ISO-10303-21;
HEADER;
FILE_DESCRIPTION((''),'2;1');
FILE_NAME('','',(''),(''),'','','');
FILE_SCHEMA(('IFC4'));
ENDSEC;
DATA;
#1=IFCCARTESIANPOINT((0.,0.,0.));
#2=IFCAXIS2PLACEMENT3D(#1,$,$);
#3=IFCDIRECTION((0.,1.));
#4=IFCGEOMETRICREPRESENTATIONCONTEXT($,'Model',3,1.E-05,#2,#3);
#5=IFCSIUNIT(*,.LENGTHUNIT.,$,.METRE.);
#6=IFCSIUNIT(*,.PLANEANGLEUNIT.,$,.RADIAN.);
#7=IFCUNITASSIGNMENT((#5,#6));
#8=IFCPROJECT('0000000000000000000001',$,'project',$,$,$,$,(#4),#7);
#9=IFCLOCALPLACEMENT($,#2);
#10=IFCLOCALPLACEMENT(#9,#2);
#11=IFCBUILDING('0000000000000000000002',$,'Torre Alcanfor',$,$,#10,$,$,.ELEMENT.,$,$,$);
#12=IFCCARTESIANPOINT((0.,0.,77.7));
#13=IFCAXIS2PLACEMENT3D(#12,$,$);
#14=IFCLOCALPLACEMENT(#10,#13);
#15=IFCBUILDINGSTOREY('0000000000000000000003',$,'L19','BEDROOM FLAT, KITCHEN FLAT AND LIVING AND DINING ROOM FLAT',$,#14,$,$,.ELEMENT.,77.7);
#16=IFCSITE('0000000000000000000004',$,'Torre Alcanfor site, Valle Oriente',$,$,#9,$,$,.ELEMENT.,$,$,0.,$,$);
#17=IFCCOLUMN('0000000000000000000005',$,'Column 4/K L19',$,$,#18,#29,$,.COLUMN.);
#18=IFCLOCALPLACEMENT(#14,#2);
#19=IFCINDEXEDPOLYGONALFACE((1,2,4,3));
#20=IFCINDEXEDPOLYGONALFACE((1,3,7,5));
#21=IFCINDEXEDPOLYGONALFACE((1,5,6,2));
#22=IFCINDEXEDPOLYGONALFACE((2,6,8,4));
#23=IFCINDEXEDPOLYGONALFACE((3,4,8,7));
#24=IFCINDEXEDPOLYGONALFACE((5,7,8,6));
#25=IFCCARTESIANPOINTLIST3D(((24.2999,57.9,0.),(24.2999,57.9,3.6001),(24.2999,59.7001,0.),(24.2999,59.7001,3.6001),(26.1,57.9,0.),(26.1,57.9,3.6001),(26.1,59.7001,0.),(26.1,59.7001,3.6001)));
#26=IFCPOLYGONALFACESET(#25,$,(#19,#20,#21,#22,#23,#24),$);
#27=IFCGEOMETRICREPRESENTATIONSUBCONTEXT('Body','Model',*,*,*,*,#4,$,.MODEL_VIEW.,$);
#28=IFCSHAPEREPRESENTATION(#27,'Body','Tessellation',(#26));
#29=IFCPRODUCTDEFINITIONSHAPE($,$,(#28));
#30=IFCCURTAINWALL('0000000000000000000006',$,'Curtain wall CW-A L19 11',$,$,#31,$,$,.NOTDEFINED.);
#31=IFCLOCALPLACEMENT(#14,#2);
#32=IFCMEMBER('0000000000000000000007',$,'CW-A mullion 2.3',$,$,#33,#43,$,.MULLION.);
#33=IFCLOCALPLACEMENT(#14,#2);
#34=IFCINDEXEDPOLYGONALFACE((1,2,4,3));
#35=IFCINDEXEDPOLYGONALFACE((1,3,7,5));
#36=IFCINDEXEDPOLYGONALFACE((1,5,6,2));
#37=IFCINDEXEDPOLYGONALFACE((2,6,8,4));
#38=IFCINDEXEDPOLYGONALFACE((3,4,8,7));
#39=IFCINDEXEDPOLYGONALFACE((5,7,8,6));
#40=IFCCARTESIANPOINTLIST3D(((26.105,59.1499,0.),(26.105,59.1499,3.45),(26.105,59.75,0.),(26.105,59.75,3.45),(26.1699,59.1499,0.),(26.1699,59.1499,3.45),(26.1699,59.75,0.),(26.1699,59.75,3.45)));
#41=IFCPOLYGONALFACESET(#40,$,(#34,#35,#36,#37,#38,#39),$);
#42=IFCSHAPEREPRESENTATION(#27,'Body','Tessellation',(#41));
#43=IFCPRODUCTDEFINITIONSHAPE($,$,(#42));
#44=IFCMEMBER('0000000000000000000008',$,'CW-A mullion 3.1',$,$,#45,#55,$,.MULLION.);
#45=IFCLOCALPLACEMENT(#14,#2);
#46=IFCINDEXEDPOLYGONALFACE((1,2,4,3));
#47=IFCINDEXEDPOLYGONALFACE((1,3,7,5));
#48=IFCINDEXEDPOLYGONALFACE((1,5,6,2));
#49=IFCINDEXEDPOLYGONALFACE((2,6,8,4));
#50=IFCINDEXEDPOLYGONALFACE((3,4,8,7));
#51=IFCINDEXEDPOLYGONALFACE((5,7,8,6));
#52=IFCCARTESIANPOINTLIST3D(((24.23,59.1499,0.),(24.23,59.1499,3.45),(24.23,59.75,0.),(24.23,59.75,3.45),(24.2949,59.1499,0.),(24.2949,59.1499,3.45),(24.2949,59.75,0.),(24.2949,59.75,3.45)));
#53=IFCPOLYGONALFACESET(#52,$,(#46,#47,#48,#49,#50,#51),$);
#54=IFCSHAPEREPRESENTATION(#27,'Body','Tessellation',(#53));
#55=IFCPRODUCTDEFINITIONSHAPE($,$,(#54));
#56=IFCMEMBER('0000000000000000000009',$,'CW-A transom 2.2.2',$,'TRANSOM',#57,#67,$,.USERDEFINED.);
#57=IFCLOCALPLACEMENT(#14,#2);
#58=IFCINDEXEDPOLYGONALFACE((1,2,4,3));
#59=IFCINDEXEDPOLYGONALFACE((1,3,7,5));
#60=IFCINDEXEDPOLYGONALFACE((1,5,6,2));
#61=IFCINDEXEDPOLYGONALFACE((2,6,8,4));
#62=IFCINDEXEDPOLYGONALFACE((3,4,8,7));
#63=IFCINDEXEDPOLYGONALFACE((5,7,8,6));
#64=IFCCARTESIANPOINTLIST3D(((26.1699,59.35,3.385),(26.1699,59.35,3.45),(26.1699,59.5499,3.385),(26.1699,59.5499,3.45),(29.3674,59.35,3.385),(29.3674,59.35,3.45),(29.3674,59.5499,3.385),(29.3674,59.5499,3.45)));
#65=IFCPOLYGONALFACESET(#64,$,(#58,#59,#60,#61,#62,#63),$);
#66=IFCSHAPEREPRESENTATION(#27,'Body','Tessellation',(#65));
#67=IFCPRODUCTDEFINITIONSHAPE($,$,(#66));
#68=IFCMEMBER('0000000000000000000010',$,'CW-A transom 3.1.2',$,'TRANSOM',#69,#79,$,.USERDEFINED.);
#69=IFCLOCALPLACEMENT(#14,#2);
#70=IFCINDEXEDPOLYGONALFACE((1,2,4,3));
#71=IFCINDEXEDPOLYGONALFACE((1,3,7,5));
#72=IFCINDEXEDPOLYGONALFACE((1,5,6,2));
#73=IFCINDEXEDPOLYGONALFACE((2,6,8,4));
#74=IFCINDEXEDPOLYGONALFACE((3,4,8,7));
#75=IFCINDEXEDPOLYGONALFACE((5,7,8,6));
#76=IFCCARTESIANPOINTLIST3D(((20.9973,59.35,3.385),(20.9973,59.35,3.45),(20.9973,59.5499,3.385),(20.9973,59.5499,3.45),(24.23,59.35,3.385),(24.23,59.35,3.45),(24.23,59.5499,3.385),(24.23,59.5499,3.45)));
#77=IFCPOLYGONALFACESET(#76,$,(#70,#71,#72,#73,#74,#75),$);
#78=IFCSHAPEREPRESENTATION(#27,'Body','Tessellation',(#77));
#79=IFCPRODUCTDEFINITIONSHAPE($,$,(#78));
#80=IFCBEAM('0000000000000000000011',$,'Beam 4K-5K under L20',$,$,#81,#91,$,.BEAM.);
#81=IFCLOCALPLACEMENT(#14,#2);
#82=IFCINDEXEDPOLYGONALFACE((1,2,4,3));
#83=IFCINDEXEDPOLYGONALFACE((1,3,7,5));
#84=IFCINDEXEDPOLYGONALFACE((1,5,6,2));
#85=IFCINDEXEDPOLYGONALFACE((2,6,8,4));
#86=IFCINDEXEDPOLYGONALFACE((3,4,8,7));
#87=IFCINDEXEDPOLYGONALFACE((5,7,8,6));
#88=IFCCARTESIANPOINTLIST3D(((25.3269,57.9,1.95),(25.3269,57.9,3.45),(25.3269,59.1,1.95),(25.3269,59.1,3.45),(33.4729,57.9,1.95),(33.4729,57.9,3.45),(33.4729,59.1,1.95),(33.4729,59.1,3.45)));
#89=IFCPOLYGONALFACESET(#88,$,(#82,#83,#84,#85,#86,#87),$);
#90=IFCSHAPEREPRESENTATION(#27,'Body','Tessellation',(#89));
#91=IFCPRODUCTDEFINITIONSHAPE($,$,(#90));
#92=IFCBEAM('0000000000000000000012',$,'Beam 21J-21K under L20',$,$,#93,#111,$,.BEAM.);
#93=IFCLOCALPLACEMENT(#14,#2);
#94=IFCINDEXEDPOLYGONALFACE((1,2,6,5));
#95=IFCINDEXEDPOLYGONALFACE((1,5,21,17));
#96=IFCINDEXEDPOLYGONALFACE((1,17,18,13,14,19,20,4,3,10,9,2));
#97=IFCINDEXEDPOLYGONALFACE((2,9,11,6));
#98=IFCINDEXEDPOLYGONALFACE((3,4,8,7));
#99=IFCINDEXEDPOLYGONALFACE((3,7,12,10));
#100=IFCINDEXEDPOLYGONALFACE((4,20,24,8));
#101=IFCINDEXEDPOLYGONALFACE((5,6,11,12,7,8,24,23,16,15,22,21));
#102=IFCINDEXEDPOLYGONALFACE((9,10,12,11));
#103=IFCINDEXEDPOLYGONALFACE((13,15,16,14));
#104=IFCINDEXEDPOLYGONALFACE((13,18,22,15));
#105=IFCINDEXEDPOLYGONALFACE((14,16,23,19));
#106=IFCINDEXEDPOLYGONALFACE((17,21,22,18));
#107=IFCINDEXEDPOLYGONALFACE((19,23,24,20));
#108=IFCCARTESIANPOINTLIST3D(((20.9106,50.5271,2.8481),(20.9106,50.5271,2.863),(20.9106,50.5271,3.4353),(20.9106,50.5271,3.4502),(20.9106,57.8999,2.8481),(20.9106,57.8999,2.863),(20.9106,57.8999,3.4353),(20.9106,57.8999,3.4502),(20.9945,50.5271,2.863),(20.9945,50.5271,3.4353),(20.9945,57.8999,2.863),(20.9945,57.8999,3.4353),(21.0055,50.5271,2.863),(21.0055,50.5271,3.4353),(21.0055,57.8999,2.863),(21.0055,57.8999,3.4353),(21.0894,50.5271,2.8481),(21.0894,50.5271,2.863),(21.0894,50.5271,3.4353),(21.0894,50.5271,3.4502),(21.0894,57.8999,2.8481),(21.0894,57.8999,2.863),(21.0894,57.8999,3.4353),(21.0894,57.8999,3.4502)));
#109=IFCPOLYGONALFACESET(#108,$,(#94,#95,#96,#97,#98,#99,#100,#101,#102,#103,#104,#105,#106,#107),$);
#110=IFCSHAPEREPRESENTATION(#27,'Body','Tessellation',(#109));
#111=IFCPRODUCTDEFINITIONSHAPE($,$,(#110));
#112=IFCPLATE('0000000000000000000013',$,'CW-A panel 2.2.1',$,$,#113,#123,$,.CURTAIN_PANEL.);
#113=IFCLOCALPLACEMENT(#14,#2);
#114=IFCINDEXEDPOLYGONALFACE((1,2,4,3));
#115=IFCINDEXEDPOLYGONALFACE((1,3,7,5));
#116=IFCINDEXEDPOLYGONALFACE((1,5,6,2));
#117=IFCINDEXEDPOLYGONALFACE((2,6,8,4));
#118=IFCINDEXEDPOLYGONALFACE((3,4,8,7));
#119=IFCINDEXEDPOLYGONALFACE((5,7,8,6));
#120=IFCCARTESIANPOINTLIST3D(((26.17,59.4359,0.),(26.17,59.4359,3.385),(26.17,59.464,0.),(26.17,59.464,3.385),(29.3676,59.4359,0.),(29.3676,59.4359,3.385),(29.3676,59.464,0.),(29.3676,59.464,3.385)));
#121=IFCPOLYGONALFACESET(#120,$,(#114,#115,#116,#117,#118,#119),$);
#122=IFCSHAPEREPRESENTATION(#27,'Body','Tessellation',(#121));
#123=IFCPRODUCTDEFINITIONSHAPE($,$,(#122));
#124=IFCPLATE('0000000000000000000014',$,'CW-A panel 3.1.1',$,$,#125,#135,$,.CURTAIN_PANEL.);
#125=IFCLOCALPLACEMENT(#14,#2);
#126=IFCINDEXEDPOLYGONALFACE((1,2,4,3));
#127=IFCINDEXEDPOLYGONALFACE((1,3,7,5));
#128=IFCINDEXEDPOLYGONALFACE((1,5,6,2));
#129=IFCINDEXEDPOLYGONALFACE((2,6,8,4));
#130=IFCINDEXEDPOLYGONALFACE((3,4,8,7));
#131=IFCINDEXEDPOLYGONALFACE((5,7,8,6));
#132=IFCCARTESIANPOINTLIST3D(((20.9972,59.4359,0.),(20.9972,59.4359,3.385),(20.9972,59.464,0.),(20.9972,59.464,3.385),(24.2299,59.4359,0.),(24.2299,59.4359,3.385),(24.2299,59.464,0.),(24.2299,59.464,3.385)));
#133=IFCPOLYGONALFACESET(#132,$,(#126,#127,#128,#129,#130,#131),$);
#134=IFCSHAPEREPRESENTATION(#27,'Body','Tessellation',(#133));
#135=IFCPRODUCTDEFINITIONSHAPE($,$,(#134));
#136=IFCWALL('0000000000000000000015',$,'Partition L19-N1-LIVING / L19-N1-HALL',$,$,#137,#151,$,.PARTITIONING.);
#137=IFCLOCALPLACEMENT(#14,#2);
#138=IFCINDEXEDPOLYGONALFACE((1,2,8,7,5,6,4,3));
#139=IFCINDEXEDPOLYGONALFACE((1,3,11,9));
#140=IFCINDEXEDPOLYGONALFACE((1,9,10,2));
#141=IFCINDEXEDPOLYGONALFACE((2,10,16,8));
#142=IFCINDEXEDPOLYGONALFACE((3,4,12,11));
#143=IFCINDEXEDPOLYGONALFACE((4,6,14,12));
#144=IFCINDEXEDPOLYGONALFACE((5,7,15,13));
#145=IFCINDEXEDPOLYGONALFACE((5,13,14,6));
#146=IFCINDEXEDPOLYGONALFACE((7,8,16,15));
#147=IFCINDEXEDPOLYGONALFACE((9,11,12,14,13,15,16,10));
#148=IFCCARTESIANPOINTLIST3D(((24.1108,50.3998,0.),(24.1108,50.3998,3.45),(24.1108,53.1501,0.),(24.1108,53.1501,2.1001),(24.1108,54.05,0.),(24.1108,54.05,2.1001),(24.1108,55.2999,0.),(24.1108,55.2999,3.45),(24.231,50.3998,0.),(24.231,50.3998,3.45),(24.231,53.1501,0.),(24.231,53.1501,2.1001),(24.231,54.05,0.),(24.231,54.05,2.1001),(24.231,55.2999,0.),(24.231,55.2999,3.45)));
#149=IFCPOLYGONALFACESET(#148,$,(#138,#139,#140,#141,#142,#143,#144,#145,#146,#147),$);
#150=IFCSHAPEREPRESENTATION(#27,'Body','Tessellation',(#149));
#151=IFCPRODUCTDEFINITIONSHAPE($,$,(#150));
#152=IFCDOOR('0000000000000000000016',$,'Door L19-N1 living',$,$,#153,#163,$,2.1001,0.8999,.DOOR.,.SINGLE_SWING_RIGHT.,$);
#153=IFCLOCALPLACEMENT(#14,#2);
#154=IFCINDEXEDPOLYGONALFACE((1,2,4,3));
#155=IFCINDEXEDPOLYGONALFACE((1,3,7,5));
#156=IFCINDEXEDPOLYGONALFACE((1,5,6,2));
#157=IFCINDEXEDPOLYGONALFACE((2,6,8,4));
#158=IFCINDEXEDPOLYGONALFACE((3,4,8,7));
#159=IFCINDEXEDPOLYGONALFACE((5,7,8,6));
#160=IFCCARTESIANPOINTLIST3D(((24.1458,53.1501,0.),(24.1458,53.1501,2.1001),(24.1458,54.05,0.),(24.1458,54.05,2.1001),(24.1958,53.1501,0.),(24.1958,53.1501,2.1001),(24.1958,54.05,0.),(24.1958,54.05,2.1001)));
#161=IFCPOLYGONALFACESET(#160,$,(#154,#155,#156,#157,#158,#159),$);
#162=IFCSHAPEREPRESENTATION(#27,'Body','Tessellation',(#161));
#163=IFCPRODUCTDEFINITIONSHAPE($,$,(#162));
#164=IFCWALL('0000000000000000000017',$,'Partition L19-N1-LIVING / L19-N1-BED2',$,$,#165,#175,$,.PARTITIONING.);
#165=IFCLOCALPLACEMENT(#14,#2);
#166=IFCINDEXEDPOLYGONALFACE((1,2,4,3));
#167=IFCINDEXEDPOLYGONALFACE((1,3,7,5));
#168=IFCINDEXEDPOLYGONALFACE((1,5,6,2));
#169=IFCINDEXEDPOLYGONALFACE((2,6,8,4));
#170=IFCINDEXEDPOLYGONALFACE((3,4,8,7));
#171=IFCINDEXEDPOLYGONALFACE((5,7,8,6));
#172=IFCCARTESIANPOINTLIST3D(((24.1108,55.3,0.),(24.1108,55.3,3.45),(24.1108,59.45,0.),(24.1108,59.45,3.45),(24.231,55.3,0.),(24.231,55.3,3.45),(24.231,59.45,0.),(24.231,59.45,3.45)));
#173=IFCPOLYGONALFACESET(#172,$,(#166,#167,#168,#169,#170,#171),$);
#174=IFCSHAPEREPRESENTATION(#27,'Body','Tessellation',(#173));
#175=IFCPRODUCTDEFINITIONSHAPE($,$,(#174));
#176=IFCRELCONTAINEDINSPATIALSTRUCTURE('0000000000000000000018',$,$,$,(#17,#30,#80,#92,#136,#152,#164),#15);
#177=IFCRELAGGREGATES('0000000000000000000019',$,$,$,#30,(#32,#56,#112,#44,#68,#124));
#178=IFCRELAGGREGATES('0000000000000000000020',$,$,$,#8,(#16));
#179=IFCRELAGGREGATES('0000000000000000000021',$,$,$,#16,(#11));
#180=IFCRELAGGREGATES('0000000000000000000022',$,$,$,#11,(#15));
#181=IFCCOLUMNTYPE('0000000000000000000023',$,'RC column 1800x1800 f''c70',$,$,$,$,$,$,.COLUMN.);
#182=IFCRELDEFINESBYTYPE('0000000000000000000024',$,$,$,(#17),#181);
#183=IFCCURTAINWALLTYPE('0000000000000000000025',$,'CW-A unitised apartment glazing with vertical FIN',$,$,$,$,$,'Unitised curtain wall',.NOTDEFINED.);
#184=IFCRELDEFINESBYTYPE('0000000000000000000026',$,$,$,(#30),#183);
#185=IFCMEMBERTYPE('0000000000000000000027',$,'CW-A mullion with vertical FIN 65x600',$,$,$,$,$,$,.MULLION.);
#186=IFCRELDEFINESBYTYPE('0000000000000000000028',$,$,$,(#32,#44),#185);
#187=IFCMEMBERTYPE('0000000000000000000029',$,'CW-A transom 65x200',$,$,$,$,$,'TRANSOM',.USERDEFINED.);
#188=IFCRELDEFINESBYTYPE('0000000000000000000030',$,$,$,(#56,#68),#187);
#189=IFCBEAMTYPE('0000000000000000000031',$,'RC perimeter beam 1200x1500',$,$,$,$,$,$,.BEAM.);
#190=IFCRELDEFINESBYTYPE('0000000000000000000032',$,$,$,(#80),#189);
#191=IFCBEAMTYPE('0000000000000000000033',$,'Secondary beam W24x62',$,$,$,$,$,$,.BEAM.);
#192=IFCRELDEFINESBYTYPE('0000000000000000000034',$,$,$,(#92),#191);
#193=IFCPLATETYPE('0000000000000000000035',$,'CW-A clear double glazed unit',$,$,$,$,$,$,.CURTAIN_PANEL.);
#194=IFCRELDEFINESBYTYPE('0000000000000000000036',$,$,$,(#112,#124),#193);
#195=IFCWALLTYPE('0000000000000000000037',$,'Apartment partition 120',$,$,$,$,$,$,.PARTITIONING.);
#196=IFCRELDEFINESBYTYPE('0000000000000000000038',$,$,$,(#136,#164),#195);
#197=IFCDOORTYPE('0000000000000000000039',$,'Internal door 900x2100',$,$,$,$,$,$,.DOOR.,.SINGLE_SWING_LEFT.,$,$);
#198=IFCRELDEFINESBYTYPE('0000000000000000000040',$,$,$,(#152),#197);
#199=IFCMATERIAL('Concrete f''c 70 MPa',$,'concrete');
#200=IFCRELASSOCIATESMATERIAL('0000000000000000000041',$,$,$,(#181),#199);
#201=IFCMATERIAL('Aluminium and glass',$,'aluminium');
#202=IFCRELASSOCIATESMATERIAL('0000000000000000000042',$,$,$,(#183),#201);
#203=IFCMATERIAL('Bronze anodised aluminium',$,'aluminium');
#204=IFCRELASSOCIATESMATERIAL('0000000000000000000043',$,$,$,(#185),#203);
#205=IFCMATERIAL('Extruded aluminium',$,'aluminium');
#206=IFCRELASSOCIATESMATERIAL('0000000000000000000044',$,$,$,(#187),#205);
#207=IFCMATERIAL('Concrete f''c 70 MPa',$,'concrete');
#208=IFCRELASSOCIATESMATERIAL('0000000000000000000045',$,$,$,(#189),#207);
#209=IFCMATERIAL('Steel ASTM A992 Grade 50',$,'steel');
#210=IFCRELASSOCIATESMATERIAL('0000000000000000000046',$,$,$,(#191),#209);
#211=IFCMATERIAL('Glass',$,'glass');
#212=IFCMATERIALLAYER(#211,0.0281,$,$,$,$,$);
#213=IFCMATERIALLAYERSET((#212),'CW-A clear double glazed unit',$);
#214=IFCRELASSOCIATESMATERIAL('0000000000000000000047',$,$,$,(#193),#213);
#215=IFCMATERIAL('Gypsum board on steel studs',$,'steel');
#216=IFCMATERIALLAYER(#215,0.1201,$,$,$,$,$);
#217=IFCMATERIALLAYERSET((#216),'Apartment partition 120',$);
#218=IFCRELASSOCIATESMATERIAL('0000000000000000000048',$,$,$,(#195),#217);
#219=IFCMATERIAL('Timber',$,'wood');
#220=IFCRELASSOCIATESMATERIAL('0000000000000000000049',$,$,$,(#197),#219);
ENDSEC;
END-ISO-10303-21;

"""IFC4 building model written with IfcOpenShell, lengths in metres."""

from ifc_helpers import new_model, si_unit, direction, frame, frame_2d, origin, origin_2d, place, context, subcontext, project, spatial, rectangle, i_section, extrude, material, layer, layer_set, material_profile, profile_set, type_object, element, fill, aggregate, save


model = new_model("IFC4")

# Units and contexts
model_context = context("Model", 3, precision=1e-05, world=origin(), true_north=direction((0.0, 1.0)))
body_context = subcontext(model_context, "Body", "Model", "MODEL_VIEW")
ifc_project = project(units=[si_unit("LENGTHUNIT", "METRE"), si_unit("PLANEANGLEUNIT", "RADIAN")], contexts=[model_context])

# Site, building, storey
site_placement = place(None, origin())
site = spatial("IfcSite", under=ifc_project, at=site_placement, Name="Torre Alcanfor site, Valle Oriente", CompositionType="ELEMENT", RefElevation=0.0)
building_placement = place(site_placement, origin())
building = spatial("IfcBuilding", under=site, at=building_placement, Name="Torre Alcanfor", CompositionType="ELEMENT")
storey_placement = place(building_placement, frame((0.0, 0.0, 77.7)))
storey = spatial("IfcBuildingStorey", under=building, at=storey_placement, Name="L19", Description="BEDROOM FLAT, KITCHEN FLAT AND LIVING AND DINING ROOM FLAT", CompositionType="ELEMENT", Elevation=77.7)

# Column
ifc_material_1 = material(Name="Concrete f'c 70 MPa", Category="concrete")
ifc_material_profile_1 = material_profile(ifc_material_1, rectangle(XDim=1.8, YDim=1.8, at=origin_2d()), Name="1800x1800")
ifc_profile_set_1 = profile_set([ifc_material_profile_1], Name="Concrete f'c 70 MPa")
column_type = type_object("IfcColumnType", Name="RC column 1800x1800 f'c70", PredefinedType="COLUMN", material=ifc_profile_set_1)
column_placement = place(storey_placement, frame((25.2, 58.8, 0.0), z_axis=(0.0, 0.0, 1.0), x_axis=(1.0, 0.0, 0.0)))
element("IfcColumn", 1, at=column_placement, inside=storey, type_object=column_type, Name="Column 4/K L19", PredefinedType="COLUMN", context=body_context, shape_type="SweptSolid", body=[
    extrude(rectangle(XDim=1.8, YDim=1.8, at=origin_2d()), origin(), (0.0, 0.0, 1.0), 3.6001),
])

# Curtain wall, members
ifc_material_2 = material(Name="Aluminium and glass", Category="aluminium")
curtain_wall_type = type_object("IfcCurtainWallType", Name="CW-A unitised apartment glazing with vertical FIN", ElementType="Unitised curtain wall", PredefinedType="NOTDEFINED", material=ifc_material_2)
curtain_wall_placement = place(storey_placement, origin())
curtain_wall = element("IfcCurtainWall", 2, at=curtain_wall_placement, inside=storey, type_object=curtain_wall_type, Name="Curtain wall CW-A L19 11", PredefinedType="NOTDEFINED")
ifc_material_3 = material(Name="Bronze anodised aluminium", Category="aluminium")
ifc_material_profile_2 = material_profile(ifc_material_3, rectangle(XDim=0.6001, YDim=0.0649, at=origin_2d()), Name="CW-A mullion 65x600")
ifc_profile_set_2 = profile_set([ifc_material_profile_2], Name="Bronze anodised aluminium")
member_type_1 = type_object("IfcMemberType", Name="CW-A mullion with vertical FIN 65x600", PredefinedType="MULLION", material=ifc_profile_set_2)
member_1_placement = place(storey_placement, frame((26.1375, 59.45, 0.0), z_axis=(0.0, 0.0, 1.0), x_axis=(0.0, -1.0, 0.0)))
member_1 = element("IfcMember", 3, at=member_1_placement, type_object=member_type_1, Name="CW-A mullion 2.3", PredefinedType="MULLION", context=body_context, shape_type="SweptSolid", body=[
    extrude(rectangle(XDim=0.6001, YDim=0.0649, at=origin_2d()), origin(), (0.0, 0.0, 1.0), 3.45),
])
member_2_placement = place(storey_placement, frame((24.2625, 59.45, 0.0), z_axis=(0.0, 0.0, 1.0), x_axis=(0.0, -1.0, 0.0)))
member_2 = element("IfcMember", 4, at=member_2_placement, type_object=member_type_1, Name="CW-A mullion 3.1", PredefinedType="MULLION", context=body_context, shape_type="SweptSolid", body=[
    extrude(rectangle(XDim=0.6001, YDim=0.0649, at=origin_2d()), origin(), (0.0, 0.0, 1.0), 3.45),
])
ifc_material_4 = material(Name="Extruded aluminium", Category="aluminium")
ifc_material_profile_3 = material_profile(ifc_material_4, rectangle(XDim=0.2, YDim=0.0649, at=origin_2d()), Name="CW-A transom 200x65")
ifc_profile_set_3 = profile_set([ifc_material_profile_3], Name="Extruded aluminium")
member_type_2 = type_object("IfcMemberType", Name="CW-A transom 65x200", ElementType="TRANSOM", PredefinedType="USERDEFINED", material=ifc_profile_set_3)
member_3_placement = place(storey_placement, frame((29.3674, 59.45, 3.4175), z_axis=(-1.0, 0.0, 0.0), x_axis=(0.0, -1.0, 0.0)))
member_3 = element("IfcMember", 5, at=member_3_placement, type_object=member_type_2, Name="CW-A transom 2.2.2", ObjectType="TRANSOM", PredefinedType="USERDEFINED", context=body_context, shape_type="SweptSolid", body=[
    extrude(rectangle(XDim=0.2, YDim=0.0649, at=origin_2d()), origin(), (0.0, 0.0, 1.0), 3.1975),
])
member_4_placement = place(storey_placement, frame((24.23, 59.45, 3.4175), z_axis=(-1.0, 0.0, 0.0), x_axis=(0.0, -1.0, 0.0)))
member_4 = element("IfcMember", 6, at=member_4_placement, type_object=member_type_2, Name="CW-A transom 3.1.2", ObjectType="TRANSOM", PredefinedType="USERDEFINED", context=body_context, shape_type="SweptSolid", body=[
    extrude(rectangle(XDim=0.2, YDim=0.0649, at=origin_2d()), origin(), (0.0, 0.0, 1.0), 3.2327),
])

# Beams
ifc_material_5 = material(Name="Concrete f'c 70 MPa", Category="concrete")
ifc_material_profile_4 = material_profile(ifc_material_5, rectangle(XDim=1.2, YDim=1.5, at=origin_2d()), Name="1200x1500")
ifc_profile_set_4 = profile_set([ifc_material_profile_4], Name="Concrete f'c 70 MPa")
beam_type_1 = type_object("IfcBeamType", Name="RC perimeter beam 1200x1500", PredefinedType="BEAM", material=ifc_profile_set_4)
beam_1_placement = place(storey_placement, frame((25.3269, 58.5, 2.7), z_axis=(1.0, 0.0, 0.0), x_axis=(0.0, 1.0, 0.0)))
element("IfcBeam", 7, at=beam_1_placement, inside=storey, type_object=beam_type_1, Name="Beam 4K-5K under L20", PredefinedType="BEAM", context=body_context, shape_type="SweptSolid", body=[
    extrude(rectangle(XDim=1.2, YDim=1.5, at=origin_2d()), origin(), (0.0, 0.0, 1.0), 8.146),
])
ifc_material_6 = material(Name="Steel ASTM A992 Grade 50", Category="steel")
ifc_material_profile_5 = material_profile(ifc_material_6, i_section(OverallWidth=0.1787, OverallDepth=0.6021, WebThickness=0.011, FlangeThickness=0.0149, at=origin_2d()), Name="W24x62")
ifc_profile_set_5 = profile_set([ifc_material_profile_5], Name="Steel ASTM A992 Grade 50")
beam_type_2 = type_object("IfcBeamType", Name="Secondary beam W24x62", PredefinedType="BEAM", material=ifc_profile_set_5)
beam_2_placement = place(storey_placement, frame((21.0, 50.5271, 3.1492), z_axis=(0.0, 1.0, 0.0), x_axis=(-1.0, 0.0, 0.0)))
element("IfcBeam", 8, at=beam_2_placement, inside=storey, type_object=beam_type_2, Name="Beam 21J-21K under L20", PredefinedType="BEAM", context=body_context, shape_type="SweptSolid", body=[
    extrude(i_section(OverallWidth=0.1787, OverallDepth=0.6021, WebThickness=0.011, FlangeThickness=0.0149, at=origin_2d()), origin(), (0.0, 0.0, 1.0), 7.3728),
])

# Plates
ifc_material_7 = material(Name="Glass", Category="glass")
ifc_layer_1 = layer(ifc_material_7, 0.0281)
ifc_layer_set_1 = layer_set([ifc_layer_1], Name="CW-A clear double glazed unit")
plate_type = type_object("IfcPlateType", Name="CW-A clear double glazed unit", PredefinedType="CURTAIN_PANEL", material=ifc_layer_set_1)
plate_1_placement = place(storey_placement, frame((27.7688, 59.45, 0.0), z_axis=(0.0, 0.0, 1.0), x_axis=(-1.0, 0.0, 0.0)))
plate_1 = element("IfcPlate", 9, at=plate_1_placement, type_object=plate_type, Name="CW-A panel 2.2.1", PredefinedType="CURTAIN_PANEL", context=body_context, shape_type="SweptSolid", body=[
    extrude(rectangle(XDim=3.1975, YDim=0.0281, at=origin_2d()), origin(), (0.0, 0.0, 1.0), 3.385),
])
plate_2_placement = place(storey_placement, frame((22.6135, 59.45, 0.0), z_axis=(0.0, 0.0, 1.0), x_axis=(-1.0, 0.0, 0.0)))
plate_2 = element("IfcPlate", 10, at=plate_2_placement, type_object=plate_type, Name="CW-A panel 3.1.1", PredefinedType="CURTAIN_PANEL", context=body_context, shape_type="SweptSolid", body=[
    extrude(rectangle(XDim=3.2327, YDim=0.0281, at=origin_2d()), origin(), (0.0, 0.0, 1.0), 3.385),
])
aggregate(curtain_wall, [member_1, member_3, plate_1, member_2, member_4, plate_2])

# Wall, opening, door
ifc_material_8 = material(Name="Gypsum board on steel studs", Category="steel")
ifc_layer_2 = layer(ifc_material_8, 0.1201)
ifc_layer_set_2 = layer_set([ifc_layer_2], Name="Apartment partition 120")
wall_type = type_object("IfcWallType", Name="Apartment partition 120", PredefinedType="PARTITIONING", material=ifc_layer_set_2)
wall_1_placement = place(storey_placement, frame((24.1709, 55.3, 0.0), z_axis=(0.0, 0.0, 1.0), x_axis=(0.0, -1.0, 0.0)))
wall_1 = element("IfcWall", 11, at=wall_1_placement, inside=storey, type_object=wall_type, Name="Partition L19-N1-LIVING / L19-N1-HALL", PredefinedType="PARTITIONING", context=body_context, shape_type="SweptSolid", body=[
    extrude(rectangle(XDim=4.9001, YDim=0.1201, at=frame_2d((2.4502, 0.0))), origin(), (0.0, 0.0, 1.0), 3.45),
])
opening_1_placement = place(wall_1_placement, frame((1.25, 0.0, 0.0)))
opening_1 = element("IfcOpeningElement", 12, at=opening_1_placement, cuts=wall_1, PredefinedType="OPENING", context=body_context, shape_type="SweptSolid", body=[
    extrude(rectangle(XDim=0.8999, YDim=2.1001, at=frame_2d((0.45, 1.05))), frame((0.0, 0.0701, 0.0), z_axis=(0.0, -1.0, 0.0), x_axis=(1.0, 0.0, 0.0)), (0.0, 0.0, 1.0), 0.1401),
])
ifc_material_9 = material(Name="Timber", Category="wood")
door_type = type_object("IfcDoorType", Name="Internal door 900x2100", OperationType="SINGLE_SWING_LEFT", PredefinedType="DOOR", material=ifc_material_9)
door_1_placement = place(opening_1_placement, origin())
door_1 = element("IfcDoor", 13, at=door_1_placement, inside=storey, type_object=door_type, Name="Door L19-N1 living", OperationType="SINGLE_SWING_RIGHT", OverallHeight=2.1001, OverallWidth=0.8999, PredefinedType="DOOR", context=body_context, shape_type="SweptSolid", body=[
    extrude(rectangle(XDim=0.8999, YDim=2.1001, at=frame_2d((0.45, 1.05))), frame((0.0, 0.0249, 0.0), z_axis=(0.0, -1.0, 0.0), x_axis=(1.0, 0.0, 0.0)), (0.0, 0.0, 1.0), 0.05),
])
fill(opening_1, door_1)

# Wall
wall_2_placement = place(storey_placement, frame((24.1709, 59.45, 0.0), z_axis=(0.0, 0.0, 1.0), x_axis=(0.0, -1.0, 0.0)))
element("IfcWall", 14, at=wall_2_placement, inside=storey, type_object=wall_type, Name="Partition L19-N1-LIVING / L19-N1-BED2", PredefinedType="PARTITIONING", context=body_context, shape_type="SweptSolid", body=[
    extrude(rectangle(XDim=4.1499, YDim=0.1201, at=frame_2d((2.075, 0.0))), origin(), (0.0, 0.0, 1.0), 3.45),
])

save(model, "model.ifc")
